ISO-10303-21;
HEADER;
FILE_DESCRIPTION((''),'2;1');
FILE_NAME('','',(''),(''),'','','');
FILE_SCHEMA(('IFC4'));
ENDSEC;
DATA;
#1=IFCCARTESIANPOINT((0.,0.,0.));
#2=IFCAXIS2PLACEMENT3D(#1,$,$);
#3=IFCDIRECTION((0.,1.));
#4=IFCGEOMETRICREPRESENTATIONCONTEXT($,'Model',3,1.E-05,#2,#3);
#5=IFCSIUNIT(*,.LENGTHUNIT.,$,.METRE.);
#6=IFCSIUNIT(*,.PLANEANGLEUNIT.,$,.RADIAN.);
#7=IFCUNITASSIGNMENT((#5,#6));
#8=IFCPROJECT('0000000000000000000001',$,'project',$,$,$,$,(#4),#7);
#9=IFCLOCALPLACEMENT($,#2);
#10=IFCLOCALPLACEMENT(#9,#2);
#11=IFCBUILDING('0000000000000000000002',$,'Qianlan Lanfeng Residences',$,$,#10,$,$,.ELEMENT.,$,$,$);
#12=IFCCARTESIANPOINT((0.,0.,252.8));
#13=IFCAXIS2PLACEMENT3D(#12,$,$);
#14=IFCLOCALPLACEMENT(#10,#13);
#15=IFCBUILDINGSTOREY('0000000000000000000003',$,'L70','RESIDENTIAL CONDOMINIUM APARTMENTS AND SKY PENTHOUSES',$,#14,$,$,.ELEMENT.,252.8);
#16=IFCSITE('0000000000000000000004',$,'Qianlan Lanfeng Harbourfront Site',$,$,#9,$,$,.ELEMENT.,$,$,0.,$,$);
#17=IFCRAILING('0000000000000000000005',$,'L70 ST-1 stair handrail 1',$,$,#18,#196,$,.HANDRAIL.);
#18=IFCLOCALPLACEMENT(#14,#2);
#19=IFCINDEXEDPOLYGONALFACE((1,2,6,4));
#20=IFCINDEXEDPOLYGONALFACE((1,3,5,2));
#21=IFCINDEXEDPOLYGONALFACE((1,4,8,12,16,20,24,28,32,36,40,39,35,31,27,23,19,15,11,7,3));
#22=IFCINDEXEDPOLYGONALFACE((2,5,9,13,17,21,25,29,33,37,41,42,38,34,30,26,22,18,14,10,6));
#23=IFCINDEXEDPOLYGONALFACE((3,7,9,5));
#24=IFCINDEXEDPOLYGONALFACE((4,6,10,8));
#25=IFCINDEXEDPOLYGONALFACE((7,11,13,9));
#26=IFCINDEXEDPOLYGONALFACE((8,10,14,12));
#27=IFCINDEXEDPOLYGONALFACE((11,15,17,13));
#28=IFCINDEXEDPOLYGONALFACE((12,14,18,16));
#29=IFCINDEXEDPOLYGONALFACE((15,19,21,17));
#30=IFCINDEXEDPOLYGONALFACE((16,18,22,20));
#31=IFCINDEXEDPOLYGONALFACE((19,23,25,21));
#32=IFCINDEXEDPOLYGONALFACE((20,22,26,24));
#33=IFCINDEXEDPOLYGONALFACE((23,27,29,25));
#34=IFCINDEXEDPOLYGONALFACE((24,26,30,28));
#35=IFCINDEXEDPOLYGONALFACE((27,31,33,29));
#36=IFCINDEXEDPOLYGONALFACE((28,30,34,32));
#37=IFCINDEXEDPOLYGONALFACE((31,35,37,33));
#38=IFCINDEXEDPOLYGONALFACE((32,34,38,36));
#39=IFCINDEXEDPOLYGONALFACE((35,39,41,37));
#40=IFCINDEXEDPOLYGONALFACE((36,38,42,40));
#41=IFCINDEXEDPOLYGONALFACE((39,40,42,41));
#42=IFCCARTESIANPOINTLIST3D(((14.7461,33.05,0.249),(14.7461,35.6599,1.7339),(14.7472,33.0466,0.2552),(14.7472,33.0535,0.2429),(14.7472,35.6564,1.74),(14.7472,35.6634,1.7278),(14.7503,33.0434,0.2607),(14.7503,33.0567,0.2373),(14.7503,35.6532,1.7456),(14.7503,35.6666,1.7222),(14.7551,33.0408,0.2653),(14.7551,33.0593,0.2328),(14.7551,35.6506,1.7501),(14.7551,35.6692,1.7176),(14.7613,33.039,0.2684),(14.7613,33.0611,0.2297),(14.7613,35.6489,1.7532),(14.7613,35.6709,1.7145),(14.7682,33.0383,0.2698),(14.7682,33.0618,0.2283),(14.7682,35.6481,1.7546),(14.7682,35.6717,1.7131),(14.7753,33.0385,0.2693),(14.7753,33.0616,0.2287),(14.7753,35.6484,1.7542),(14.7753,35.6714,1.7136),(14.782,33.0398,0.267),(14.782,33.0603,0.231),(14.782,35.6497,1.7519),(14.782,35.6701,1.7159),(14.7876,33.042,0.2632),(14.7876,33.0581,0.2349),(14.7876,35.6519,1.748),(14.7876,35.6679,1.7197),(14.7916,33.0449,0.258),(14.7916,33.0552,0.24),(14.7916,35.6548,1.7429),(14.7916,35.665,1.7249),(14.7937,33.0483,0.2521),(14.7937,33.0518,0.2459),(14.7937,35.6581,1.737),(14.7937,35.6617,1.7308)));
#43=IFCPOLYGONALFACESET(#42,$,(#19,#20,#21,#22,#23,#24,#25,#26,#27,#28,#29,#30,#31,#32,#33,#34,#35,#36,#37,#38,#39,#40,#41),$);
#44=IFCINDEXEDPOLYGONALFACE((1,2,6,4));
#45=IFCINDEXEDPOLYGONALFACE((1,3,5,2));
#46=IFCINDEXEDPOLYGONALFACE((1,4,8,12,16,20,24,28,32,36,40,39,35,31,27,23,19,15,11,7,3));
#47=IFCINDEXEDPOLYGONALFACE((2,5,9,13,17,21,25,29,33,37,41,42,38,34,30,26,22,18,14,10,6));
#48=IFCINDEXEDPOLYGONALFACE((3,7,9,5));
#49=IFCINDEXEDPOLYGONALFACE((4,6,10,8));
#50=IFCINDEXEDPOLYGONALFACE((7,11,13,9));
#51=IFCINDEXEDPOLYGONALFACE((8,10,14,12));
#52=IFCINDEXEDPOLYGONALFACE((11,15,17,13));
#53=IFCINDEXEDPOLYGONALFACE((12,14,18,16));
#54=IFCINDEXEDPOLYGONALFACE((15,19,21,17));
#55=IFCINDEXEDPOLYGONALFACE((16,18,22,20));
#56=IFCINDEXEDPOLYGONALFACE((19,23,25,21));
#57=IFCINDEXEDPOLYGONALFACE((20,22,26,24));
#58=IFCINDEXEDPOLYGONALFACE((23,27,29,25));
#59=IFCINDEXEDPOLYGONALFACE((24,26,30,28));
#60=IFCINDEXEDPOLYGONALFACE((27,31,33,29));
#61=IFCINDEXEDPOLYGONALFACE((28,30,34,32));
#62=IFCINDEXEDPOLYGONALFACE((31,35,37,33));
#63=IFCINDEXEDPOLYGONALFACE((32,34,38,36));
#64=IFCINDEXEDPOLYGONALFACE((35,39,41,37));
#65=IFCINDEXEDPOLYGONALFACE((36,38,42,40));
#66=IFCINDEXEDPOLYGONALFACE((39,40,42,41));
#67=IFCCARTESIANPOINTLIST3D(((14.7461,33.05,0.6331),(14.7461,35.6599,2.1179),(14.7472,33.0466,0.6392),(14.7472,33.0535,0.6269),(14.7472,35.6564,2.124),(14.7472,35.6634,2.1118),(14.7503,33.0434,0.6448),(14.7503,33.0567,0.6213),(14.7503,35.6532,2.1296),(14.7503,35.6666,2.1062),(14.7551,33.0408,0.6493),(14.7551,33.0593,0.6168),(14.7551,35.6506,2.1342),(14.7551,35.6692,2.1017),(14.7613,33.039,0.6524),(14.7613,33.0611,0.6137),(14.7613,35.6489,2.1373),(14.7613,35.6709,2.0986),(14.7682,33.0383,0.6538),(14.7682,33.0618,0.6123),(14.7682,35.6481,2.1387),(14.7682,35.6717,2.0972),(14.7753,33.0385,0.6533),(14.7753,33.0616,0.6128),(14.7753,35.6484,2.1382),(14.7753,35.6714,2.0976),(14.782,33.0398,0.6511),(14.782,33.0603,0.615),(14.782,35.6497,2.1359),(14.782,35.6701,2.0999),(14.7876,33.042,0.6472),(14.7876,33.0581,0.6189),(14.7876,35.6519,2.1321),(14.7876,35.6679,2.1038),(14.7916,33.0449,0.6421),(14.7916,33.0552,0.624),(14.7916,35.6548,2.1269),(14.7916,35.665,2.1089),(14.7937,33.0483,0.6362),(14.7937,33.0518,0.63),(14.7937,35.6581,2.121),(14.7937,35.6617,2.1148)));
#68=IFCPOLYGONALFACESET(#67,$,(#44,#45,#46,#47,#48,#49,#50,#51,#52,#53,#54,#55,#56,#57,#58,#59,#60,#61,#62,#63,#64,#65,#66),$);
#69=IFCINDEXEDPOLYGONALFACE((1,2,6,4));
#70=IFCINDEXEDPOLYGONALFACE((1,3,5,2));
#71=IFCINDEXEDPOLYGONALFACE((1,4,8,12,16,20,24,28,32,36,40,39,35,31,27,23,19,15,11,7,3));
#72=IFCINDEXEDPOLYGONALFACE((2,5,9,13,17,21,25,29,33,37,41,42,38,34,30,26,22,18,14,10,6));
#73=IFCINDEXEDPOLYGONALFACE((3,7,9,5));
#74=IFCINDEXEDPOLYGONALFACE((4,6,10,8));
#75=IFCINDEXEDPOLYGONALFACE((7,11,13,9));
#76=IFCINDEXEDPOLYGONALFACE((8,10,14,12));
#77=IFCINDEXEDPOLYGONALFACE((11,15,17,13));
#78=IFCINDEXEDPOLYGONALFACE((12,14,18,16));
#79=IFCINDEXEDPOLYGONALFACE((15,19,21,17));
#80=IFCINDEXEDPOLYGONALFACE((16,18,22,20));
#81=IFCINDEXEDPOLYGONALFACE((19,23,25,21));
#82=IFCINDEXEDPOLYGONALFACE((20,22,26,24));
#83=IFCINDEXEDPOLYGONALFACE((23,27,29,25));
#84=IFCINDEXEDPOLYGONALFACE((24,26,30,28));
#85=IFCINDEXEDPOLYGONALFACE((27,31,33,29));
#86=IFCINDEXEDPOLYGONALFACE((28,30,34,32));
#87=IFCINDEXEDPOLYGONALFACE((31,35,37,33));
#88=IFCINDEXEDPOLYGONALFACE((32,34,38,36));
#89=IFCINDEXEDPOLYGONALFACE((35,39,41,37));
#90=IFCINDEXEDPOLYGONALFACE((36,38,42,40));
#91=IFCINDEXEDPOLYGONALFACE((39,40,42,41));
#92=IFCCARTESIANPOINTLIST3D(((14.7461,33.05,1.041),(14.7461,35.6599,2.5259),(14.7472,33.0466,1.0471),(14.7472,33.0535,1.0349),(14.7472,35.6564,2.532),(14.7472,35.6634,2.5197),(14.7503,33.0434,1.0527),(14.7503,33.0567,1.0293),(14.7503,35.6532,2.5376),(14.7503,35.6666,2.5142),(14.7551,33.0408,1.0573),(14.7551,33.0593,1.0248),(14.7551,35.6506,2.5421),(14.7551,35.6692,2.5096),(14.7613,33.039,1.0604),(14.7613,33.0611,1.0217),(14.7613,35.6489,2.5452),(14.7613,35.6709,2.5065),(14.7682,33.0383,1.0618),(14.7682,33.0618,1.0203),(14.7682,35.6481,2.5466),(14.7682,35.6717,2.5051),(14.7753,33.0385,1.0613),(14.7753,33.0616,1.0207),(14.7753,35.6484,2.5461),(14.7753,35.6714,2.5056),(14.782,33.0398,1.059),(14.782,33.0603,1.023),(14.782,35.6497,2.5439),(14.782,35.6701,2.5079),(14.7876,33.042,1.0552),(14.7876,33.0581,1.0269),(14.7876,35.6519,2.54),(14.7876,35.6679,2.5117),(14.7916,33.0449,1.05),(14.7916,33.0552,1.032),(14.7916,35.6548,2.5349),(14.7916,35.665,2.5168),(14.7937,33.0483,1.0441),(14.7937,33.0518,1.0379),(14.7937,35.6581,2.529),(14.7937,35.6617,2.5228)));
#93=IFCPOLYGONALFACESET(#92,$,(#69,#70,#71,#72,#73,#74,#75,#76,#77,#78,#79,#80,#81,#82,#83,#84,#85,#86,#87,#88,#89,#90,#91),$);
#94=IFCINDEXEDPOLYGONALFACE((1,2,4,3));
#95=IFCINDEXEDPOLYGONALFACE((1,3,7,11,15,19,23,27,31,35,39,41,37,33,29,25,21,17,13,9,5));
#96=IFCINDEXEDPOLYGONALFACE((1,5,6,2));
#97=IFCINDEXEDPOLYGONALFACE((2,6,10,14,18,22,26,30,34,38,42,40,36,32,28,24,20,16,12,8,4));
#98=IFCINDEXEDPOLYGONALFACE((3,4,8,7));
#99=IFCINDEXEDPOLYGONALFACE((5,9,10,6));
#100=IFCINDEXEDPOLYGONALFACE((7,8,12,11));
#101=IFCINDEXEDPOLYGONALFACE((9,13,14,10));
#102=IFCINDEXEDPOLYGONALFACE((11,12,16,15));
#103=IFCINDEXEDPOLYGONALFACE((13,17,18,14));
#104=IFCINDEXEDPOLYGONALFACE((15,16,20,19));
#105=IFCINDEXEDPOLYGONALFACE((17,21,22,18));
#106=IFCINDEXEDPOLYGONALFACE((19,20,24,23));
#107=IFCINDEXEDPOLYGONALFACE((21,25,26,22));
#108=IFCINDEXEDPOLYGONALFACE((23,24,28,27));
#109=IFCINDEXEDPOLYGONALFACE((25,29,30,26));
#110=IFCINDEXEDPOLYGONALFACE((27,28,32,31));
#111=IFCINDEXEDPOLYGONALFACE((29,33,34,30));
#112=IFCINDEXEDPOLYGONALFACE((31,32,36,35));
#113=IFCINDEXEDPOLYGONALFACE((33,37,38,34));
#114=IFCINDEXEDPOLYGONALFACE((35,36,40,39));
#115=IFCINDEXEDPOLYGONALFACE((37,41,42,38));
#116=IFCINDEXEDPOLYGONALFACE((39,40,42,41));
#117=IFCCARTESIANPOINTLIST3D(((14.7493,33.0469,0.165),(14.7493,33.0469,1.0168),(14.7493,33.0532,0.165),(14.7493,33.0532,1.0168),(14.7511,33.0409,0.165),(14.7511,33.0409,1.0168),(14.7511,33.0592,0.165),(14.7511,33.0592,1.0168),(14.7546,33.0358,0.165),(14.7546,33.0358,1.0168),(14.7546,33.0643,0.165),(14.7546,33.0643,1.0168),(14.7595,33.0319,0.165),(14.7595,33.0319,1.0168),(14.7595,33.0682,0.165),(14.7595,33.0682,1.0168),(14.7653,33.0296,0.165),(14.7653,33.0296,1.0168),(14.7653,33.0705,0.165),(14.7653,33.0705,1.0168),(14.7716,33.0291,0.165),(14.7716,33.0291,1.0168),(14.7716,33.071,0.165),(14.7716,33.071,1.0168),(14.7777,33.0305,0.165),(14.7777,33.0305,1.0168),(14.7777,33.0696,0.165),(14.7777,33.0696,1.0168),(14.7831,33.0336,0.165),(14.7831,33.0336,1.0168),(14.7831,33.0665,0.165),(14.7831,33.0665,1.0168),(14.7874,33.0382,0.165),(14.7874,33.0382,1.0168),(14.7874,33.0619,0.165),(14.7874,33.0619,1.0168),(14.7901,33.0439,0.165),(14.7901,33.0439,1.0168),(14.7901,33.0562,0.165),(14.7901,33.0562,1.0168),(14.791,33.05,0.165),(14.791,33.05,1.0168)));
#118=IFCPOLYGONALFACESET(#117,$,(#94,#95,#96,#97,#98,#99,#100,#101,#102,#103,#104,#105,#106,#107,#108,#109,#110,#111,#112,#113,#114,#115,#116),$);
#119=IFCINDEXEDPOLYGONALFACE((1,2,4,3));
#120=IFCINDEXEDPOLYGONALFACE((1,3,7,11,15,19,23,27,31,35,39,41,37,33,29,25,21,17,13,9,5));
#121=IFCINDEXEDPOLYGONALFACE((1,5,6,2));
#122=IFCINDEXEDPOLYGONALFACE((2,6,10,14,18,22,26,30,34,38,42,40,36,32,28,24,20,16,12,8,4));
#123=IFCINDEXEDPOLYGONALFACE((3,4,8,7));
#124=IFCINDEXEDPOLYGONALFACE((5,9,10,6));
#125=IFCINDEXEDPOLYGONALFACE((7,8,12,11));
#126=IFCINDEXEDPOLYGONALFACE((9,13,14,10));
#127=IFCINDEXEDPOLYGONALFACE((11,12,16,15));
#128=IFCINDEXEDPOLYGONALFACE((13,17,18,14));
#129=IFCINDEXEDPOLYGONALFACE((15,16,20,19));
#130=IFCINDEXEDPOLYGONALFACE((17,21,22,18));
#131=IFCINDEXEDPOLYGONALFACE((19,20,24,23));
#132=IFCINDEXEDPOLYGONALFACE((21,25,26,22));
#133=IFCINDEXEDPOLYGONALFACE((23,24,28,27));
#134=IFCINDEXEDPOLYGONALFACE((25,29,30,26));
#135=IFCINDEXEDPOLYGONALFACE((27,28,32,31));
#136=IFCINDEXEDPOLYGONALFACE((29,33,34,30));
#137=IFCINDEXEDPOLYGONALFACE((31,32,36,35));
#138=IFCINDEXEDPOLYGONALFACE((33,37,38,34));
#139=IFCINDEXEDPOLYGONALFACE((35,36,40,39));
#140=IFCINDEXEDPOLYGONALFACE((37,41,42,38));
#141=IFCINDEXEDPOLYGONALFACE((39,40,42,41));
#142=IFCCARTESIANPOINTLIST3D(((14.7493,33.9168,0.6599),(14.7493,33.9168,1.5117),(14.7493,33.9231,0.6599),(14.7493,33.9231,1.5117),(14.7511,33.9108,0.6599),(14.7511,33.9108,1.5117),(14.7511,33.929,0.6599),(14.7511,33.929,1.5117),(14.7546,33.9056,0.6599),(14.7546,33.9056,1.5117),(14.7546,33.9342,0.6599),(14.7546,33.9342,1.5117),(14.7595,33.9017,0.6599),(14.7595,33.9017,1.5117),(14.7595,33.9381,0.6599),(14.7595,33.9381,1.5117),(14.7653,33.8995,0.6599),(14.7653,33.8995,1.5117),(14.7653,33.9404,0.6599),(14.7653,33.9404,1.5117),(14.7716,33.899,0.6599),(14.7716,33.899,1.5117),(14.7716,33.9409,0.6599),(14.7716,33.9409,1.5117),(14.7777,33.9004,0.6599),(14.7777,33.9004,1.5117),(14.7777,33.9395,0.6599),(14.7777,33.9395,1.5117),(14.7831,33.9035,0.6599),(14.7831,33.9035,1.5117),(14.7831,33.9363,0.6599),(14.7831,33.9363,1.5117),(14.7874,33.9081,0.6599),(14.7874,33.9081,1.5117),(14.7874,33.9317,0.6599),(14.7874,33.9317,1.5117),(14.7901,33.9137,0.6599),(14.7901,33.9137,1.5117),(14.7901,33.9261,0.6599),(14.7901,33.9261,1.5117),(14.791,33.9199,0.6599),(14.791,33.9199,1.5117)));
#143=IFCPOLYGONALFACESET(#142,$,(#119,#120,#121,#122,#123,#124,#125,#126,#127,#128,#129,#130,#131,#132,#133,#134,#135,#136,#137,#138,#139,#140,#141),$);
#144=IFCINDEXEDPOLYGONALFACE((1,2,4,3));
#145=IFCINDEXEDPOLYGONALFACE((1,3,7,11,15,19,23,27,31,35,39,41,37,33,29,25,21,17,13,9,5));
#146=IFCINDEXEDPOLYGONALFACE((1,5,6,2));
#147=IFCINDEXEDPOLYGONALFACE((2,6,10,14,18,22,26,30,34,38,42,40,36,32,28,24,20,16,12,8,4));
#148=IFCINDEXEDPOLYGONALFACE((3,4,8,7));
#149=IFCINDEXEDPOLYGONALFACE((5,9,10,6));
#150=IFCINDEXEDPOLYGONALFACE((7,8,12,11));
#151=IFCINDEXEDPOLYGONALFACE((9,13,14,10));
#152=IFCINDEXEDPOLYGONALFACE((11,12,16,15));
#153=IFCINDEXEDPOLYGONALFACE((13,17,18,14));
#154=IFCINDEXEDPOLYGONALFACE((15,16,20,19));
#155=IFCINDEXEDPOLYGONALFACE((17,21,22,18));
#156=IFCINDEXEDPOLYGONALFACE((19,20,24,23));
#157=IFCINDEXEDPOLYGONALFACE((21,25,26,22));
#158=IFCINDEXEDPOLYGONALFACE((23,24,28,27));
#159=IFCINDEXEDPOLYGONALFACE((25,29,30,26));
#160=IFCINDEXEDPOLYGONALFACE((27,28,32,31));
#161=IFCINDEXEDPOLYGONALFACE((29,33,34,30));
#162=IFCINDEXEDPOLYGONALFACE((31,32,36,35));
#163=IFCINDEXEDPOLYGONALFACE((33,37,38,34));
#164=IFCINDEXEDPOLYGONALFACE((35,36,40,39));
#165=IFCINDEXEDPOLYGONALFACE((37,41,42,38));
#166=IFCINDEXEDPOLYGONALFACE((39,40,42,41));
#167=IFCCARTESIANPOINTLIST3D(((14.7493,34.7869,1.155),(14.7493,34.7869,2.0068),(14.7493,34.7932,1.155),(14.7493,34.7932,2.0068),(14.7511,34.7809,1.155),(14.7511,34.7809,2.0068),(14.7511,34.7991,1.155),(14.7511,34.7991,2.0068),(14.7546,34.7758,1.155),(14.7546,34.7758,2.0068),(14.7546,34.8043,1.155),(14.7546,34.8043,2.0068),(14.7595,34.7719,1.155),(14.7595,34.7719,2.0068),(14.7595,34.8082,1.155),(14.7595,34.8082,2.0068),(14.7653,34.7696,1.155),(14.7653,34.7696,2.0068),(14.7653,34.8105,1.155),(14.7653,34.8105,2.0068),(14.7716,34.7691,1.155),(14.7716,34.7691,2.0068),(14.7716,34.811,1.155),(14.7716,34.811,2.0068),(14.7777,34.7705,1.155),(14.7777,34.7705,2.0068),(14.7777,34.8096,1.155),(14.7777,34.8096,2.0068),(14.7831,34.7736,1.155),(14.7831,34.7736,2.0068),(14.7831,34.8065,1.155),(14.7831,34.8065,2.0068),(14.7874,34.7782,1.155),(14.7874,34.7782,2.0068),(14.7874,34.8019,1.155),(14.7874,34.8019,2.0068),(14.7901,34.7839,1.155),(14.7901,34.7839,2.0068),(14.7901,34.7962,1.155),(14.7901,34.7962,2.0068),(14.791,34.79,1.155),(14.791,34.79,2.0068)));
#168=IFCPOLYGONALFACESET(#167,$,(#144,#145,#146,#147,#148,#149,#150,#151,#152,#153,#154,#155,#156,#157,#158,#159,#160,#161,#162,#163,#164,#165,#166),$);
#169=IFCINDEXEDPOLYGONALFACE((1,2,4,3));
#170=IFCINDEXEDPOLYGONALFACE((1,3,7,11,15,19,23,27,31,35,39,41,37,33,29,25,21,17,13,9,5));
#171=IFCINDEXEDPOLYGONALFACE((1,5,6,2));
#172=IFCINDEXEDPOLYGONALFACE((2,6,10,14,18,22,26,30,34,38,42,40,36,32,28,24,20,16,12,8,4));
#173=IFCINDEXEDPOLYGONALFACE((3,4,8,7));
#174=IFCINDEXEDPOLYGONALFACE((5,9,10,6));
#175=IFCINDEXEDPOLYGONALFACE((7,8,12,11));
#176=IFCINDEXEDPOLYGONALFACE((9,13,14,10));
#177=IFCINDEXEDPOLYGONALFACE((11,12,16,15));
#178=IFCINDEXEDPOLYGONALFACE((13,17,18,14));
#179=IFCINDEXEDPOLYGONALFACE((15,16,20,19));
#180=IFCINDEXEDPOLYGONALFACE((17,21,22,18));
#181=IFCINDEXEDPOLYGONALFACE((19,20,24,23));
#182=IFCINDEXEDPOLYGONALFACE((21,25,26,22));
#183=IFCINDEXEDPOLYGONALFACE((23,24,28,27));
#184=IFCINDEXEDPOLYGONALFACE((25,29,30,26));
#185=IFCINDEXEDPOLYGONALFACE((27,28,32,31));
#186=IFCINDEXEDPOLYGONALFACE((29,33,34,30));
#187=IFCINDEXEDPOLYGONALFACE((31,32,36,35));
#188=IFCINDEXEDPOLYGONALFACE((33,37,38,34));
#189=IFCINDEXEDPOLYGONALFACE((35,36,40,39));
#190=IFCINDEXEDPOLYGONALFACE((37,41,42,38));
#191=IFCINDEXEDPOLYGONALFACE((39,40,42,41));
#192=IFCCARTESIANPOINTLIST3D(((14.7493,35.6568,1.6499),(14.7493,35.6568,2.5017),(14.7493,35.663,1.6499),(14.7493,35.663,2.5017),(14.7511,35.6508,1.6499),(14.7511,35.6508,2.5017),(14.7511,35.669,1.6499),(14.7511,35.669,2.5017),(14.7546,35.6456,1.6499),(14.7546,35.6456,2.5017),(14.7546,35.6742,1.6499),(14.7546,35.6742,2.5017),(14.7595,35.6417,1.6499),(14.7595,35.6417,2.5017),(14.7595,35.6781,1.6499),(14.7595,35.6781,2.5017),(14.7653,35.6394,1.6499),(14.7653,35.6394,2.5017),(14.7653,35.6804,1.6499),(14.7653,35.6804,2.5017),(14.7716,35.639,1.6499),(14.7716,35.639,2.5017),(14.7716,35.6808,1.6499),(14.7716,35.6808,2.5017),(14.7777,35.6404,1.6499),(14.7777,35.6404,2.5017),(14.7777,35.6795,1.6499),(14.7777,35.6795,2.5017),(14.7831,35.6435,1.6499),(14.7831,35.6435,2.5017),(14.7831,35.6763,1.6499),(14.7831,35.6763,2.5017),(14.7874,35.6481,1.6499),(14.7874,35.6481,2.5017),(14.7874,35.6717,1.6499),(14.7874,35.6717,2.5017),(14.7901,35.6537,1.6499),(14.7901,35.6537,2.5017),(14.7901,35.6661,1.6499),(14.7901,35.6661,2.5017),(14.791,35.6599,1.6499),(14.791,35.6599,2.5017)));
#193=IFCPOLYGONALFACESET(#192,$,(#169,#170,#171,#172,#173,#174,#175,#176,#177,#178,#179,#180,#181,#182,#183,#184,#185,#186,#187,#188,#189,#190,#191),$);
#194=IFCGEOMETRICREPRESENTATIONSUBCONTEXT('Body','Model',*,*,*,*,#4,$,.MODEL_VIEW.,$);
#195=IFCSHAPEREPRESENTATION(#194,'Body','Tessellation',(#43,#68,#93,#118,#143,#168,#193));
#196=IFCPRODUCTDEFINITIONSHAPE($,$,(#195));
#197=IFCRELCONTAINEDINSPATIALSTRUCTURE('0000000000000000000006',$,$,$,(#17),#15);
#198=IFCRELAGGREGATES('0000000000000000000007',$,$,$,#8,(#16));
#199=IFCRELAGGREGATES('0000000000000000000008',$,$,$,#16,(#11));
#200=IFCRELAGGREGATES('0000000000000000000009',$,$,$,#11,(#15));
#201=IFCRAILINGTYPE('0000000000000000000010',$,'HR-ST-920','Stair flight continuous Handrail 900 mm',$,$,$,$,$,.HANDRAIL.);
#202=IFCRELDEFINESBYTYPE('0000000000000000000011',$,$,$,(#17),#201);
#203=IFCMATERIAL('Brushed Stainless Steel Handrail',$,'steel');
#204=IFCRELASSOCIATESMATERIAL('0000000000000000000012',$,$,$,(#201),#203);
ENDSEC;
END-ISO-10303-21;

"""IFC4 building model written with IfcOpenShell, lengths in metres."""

from ifc_helpers import new_model, si_unit, direction, frame, origin, origin_2d, place, context, subcontext, project, spatial, circle, extrude, material, type_object, element, save


model = new_model("IFC4")

# Units and contexts
model_context = context("Model", 3, precision=1e-05, world=origin(), true_north=direction((0.0, 1.0)))
body_context = subcontext(model_context, "Body", "Model", "MODEL_VIEW")
ifc_project = project(units=[si_unit("LENGTHUNIT", "METRE"), si_unit("PLANEANGLEUNIT", "RADIAN")], contexts=[model_context])

# Site, building, storey
site_placement = place(None, origin())
site = spatial("IfcSite", under=ifc_project, at=site_placement, Name="Qianlan Lanfeng Harbourfront Site", CompositionType="ELEMENT", RefElevation=0.0)
building_placement = place(site_placement, origin())
building = spatial("IfcBuilding", under=site, at=building_placement, Name="Qianlan Lanfeng Residences", CompositionType="ELEMENT")
storey_placement = place(building_placement, frame((0.0, 0.0, 252.8)))
storey = spatial("IfcBuildingStorey", under=building, at=storey_placement, Name="L70", Description="RESIDENTIAL CONDOMINIUM APARTMENTS AND SKY PENTHOUSES", CompositionType="ELEMENT", Elevation=252.8)

# Railing
ifc_material_1 = material(Name="Brushed Stainless Steel Handrail", Category="steel")
railing_type_1 = type_object("IfcRailingType", Name="HR-ST-920", Description="Stair flight continuous Handrail 900 mm", PredefinedType="HANDRAIL", material=ifc_material_1)
railing_1_placement = place(storey_placement, frame((14.77, 33.05, 0.165)))
element("IfcRailing", 1, at=railing_1_placement, inside=storey, type_object=railing_type_1, Name="L70 ST-1 stair handrail 1", PredefinedType="HANDRAIL", context=body_context, shape_type="SweptSolid", body=[
    extrude(circle(Radius=0.0239, at=origin_2d()), frame((0.0, 0.0, 0.084), z_axis=(0.0, 0.869172, 0.494509), x_axis=(-1.0, 0.0, 0.0)), (0.0, 0.0, 1.0), 3.0027),
    extrude(circle(Radius=0.0239, at=origin_2d()), frame((0.0, 0.0, 0.468), z_axis=(0.0, 0.869172, 0.494509), x_axis=(-1.0, 0.0, 0.0)), (0.0, 0.0, 1.0), 3.0027),
    extrude(circle(Radius=0.0239, at=origin_2d()), frame((0.0, 0.0, 0.876), z_axis=(0.0, 0.869172, 0.494509), x_axis=(-1.0, 0.0, 0.0)), (0.0, 0.0, 1.0), 3.0027),
    extrude(circle(Radius=0.021, at=origin_2d()), origin(), (0.0, 0.0, 1.0), 0.8518),
    extrude(circle(Radius=0.021, at=origin_2d()), frame((0.0, 0.8699, 0.4949)), (0.0, 0.0, 1.0), 0.8518),
    extrude(circle(Radius=0.021, at=origin_2d()), frame((0.0, 1.74, 0.99)), (0.0, 0.0, 1.0), 0.8518),
    extrude(circle(Radius=0.021, at=origin_2d()), frame((0.0, 2.6099, 1.4849)), (0.0, 0.0, 1.0), 0.8518),
])

save(model, "model.ifc")
